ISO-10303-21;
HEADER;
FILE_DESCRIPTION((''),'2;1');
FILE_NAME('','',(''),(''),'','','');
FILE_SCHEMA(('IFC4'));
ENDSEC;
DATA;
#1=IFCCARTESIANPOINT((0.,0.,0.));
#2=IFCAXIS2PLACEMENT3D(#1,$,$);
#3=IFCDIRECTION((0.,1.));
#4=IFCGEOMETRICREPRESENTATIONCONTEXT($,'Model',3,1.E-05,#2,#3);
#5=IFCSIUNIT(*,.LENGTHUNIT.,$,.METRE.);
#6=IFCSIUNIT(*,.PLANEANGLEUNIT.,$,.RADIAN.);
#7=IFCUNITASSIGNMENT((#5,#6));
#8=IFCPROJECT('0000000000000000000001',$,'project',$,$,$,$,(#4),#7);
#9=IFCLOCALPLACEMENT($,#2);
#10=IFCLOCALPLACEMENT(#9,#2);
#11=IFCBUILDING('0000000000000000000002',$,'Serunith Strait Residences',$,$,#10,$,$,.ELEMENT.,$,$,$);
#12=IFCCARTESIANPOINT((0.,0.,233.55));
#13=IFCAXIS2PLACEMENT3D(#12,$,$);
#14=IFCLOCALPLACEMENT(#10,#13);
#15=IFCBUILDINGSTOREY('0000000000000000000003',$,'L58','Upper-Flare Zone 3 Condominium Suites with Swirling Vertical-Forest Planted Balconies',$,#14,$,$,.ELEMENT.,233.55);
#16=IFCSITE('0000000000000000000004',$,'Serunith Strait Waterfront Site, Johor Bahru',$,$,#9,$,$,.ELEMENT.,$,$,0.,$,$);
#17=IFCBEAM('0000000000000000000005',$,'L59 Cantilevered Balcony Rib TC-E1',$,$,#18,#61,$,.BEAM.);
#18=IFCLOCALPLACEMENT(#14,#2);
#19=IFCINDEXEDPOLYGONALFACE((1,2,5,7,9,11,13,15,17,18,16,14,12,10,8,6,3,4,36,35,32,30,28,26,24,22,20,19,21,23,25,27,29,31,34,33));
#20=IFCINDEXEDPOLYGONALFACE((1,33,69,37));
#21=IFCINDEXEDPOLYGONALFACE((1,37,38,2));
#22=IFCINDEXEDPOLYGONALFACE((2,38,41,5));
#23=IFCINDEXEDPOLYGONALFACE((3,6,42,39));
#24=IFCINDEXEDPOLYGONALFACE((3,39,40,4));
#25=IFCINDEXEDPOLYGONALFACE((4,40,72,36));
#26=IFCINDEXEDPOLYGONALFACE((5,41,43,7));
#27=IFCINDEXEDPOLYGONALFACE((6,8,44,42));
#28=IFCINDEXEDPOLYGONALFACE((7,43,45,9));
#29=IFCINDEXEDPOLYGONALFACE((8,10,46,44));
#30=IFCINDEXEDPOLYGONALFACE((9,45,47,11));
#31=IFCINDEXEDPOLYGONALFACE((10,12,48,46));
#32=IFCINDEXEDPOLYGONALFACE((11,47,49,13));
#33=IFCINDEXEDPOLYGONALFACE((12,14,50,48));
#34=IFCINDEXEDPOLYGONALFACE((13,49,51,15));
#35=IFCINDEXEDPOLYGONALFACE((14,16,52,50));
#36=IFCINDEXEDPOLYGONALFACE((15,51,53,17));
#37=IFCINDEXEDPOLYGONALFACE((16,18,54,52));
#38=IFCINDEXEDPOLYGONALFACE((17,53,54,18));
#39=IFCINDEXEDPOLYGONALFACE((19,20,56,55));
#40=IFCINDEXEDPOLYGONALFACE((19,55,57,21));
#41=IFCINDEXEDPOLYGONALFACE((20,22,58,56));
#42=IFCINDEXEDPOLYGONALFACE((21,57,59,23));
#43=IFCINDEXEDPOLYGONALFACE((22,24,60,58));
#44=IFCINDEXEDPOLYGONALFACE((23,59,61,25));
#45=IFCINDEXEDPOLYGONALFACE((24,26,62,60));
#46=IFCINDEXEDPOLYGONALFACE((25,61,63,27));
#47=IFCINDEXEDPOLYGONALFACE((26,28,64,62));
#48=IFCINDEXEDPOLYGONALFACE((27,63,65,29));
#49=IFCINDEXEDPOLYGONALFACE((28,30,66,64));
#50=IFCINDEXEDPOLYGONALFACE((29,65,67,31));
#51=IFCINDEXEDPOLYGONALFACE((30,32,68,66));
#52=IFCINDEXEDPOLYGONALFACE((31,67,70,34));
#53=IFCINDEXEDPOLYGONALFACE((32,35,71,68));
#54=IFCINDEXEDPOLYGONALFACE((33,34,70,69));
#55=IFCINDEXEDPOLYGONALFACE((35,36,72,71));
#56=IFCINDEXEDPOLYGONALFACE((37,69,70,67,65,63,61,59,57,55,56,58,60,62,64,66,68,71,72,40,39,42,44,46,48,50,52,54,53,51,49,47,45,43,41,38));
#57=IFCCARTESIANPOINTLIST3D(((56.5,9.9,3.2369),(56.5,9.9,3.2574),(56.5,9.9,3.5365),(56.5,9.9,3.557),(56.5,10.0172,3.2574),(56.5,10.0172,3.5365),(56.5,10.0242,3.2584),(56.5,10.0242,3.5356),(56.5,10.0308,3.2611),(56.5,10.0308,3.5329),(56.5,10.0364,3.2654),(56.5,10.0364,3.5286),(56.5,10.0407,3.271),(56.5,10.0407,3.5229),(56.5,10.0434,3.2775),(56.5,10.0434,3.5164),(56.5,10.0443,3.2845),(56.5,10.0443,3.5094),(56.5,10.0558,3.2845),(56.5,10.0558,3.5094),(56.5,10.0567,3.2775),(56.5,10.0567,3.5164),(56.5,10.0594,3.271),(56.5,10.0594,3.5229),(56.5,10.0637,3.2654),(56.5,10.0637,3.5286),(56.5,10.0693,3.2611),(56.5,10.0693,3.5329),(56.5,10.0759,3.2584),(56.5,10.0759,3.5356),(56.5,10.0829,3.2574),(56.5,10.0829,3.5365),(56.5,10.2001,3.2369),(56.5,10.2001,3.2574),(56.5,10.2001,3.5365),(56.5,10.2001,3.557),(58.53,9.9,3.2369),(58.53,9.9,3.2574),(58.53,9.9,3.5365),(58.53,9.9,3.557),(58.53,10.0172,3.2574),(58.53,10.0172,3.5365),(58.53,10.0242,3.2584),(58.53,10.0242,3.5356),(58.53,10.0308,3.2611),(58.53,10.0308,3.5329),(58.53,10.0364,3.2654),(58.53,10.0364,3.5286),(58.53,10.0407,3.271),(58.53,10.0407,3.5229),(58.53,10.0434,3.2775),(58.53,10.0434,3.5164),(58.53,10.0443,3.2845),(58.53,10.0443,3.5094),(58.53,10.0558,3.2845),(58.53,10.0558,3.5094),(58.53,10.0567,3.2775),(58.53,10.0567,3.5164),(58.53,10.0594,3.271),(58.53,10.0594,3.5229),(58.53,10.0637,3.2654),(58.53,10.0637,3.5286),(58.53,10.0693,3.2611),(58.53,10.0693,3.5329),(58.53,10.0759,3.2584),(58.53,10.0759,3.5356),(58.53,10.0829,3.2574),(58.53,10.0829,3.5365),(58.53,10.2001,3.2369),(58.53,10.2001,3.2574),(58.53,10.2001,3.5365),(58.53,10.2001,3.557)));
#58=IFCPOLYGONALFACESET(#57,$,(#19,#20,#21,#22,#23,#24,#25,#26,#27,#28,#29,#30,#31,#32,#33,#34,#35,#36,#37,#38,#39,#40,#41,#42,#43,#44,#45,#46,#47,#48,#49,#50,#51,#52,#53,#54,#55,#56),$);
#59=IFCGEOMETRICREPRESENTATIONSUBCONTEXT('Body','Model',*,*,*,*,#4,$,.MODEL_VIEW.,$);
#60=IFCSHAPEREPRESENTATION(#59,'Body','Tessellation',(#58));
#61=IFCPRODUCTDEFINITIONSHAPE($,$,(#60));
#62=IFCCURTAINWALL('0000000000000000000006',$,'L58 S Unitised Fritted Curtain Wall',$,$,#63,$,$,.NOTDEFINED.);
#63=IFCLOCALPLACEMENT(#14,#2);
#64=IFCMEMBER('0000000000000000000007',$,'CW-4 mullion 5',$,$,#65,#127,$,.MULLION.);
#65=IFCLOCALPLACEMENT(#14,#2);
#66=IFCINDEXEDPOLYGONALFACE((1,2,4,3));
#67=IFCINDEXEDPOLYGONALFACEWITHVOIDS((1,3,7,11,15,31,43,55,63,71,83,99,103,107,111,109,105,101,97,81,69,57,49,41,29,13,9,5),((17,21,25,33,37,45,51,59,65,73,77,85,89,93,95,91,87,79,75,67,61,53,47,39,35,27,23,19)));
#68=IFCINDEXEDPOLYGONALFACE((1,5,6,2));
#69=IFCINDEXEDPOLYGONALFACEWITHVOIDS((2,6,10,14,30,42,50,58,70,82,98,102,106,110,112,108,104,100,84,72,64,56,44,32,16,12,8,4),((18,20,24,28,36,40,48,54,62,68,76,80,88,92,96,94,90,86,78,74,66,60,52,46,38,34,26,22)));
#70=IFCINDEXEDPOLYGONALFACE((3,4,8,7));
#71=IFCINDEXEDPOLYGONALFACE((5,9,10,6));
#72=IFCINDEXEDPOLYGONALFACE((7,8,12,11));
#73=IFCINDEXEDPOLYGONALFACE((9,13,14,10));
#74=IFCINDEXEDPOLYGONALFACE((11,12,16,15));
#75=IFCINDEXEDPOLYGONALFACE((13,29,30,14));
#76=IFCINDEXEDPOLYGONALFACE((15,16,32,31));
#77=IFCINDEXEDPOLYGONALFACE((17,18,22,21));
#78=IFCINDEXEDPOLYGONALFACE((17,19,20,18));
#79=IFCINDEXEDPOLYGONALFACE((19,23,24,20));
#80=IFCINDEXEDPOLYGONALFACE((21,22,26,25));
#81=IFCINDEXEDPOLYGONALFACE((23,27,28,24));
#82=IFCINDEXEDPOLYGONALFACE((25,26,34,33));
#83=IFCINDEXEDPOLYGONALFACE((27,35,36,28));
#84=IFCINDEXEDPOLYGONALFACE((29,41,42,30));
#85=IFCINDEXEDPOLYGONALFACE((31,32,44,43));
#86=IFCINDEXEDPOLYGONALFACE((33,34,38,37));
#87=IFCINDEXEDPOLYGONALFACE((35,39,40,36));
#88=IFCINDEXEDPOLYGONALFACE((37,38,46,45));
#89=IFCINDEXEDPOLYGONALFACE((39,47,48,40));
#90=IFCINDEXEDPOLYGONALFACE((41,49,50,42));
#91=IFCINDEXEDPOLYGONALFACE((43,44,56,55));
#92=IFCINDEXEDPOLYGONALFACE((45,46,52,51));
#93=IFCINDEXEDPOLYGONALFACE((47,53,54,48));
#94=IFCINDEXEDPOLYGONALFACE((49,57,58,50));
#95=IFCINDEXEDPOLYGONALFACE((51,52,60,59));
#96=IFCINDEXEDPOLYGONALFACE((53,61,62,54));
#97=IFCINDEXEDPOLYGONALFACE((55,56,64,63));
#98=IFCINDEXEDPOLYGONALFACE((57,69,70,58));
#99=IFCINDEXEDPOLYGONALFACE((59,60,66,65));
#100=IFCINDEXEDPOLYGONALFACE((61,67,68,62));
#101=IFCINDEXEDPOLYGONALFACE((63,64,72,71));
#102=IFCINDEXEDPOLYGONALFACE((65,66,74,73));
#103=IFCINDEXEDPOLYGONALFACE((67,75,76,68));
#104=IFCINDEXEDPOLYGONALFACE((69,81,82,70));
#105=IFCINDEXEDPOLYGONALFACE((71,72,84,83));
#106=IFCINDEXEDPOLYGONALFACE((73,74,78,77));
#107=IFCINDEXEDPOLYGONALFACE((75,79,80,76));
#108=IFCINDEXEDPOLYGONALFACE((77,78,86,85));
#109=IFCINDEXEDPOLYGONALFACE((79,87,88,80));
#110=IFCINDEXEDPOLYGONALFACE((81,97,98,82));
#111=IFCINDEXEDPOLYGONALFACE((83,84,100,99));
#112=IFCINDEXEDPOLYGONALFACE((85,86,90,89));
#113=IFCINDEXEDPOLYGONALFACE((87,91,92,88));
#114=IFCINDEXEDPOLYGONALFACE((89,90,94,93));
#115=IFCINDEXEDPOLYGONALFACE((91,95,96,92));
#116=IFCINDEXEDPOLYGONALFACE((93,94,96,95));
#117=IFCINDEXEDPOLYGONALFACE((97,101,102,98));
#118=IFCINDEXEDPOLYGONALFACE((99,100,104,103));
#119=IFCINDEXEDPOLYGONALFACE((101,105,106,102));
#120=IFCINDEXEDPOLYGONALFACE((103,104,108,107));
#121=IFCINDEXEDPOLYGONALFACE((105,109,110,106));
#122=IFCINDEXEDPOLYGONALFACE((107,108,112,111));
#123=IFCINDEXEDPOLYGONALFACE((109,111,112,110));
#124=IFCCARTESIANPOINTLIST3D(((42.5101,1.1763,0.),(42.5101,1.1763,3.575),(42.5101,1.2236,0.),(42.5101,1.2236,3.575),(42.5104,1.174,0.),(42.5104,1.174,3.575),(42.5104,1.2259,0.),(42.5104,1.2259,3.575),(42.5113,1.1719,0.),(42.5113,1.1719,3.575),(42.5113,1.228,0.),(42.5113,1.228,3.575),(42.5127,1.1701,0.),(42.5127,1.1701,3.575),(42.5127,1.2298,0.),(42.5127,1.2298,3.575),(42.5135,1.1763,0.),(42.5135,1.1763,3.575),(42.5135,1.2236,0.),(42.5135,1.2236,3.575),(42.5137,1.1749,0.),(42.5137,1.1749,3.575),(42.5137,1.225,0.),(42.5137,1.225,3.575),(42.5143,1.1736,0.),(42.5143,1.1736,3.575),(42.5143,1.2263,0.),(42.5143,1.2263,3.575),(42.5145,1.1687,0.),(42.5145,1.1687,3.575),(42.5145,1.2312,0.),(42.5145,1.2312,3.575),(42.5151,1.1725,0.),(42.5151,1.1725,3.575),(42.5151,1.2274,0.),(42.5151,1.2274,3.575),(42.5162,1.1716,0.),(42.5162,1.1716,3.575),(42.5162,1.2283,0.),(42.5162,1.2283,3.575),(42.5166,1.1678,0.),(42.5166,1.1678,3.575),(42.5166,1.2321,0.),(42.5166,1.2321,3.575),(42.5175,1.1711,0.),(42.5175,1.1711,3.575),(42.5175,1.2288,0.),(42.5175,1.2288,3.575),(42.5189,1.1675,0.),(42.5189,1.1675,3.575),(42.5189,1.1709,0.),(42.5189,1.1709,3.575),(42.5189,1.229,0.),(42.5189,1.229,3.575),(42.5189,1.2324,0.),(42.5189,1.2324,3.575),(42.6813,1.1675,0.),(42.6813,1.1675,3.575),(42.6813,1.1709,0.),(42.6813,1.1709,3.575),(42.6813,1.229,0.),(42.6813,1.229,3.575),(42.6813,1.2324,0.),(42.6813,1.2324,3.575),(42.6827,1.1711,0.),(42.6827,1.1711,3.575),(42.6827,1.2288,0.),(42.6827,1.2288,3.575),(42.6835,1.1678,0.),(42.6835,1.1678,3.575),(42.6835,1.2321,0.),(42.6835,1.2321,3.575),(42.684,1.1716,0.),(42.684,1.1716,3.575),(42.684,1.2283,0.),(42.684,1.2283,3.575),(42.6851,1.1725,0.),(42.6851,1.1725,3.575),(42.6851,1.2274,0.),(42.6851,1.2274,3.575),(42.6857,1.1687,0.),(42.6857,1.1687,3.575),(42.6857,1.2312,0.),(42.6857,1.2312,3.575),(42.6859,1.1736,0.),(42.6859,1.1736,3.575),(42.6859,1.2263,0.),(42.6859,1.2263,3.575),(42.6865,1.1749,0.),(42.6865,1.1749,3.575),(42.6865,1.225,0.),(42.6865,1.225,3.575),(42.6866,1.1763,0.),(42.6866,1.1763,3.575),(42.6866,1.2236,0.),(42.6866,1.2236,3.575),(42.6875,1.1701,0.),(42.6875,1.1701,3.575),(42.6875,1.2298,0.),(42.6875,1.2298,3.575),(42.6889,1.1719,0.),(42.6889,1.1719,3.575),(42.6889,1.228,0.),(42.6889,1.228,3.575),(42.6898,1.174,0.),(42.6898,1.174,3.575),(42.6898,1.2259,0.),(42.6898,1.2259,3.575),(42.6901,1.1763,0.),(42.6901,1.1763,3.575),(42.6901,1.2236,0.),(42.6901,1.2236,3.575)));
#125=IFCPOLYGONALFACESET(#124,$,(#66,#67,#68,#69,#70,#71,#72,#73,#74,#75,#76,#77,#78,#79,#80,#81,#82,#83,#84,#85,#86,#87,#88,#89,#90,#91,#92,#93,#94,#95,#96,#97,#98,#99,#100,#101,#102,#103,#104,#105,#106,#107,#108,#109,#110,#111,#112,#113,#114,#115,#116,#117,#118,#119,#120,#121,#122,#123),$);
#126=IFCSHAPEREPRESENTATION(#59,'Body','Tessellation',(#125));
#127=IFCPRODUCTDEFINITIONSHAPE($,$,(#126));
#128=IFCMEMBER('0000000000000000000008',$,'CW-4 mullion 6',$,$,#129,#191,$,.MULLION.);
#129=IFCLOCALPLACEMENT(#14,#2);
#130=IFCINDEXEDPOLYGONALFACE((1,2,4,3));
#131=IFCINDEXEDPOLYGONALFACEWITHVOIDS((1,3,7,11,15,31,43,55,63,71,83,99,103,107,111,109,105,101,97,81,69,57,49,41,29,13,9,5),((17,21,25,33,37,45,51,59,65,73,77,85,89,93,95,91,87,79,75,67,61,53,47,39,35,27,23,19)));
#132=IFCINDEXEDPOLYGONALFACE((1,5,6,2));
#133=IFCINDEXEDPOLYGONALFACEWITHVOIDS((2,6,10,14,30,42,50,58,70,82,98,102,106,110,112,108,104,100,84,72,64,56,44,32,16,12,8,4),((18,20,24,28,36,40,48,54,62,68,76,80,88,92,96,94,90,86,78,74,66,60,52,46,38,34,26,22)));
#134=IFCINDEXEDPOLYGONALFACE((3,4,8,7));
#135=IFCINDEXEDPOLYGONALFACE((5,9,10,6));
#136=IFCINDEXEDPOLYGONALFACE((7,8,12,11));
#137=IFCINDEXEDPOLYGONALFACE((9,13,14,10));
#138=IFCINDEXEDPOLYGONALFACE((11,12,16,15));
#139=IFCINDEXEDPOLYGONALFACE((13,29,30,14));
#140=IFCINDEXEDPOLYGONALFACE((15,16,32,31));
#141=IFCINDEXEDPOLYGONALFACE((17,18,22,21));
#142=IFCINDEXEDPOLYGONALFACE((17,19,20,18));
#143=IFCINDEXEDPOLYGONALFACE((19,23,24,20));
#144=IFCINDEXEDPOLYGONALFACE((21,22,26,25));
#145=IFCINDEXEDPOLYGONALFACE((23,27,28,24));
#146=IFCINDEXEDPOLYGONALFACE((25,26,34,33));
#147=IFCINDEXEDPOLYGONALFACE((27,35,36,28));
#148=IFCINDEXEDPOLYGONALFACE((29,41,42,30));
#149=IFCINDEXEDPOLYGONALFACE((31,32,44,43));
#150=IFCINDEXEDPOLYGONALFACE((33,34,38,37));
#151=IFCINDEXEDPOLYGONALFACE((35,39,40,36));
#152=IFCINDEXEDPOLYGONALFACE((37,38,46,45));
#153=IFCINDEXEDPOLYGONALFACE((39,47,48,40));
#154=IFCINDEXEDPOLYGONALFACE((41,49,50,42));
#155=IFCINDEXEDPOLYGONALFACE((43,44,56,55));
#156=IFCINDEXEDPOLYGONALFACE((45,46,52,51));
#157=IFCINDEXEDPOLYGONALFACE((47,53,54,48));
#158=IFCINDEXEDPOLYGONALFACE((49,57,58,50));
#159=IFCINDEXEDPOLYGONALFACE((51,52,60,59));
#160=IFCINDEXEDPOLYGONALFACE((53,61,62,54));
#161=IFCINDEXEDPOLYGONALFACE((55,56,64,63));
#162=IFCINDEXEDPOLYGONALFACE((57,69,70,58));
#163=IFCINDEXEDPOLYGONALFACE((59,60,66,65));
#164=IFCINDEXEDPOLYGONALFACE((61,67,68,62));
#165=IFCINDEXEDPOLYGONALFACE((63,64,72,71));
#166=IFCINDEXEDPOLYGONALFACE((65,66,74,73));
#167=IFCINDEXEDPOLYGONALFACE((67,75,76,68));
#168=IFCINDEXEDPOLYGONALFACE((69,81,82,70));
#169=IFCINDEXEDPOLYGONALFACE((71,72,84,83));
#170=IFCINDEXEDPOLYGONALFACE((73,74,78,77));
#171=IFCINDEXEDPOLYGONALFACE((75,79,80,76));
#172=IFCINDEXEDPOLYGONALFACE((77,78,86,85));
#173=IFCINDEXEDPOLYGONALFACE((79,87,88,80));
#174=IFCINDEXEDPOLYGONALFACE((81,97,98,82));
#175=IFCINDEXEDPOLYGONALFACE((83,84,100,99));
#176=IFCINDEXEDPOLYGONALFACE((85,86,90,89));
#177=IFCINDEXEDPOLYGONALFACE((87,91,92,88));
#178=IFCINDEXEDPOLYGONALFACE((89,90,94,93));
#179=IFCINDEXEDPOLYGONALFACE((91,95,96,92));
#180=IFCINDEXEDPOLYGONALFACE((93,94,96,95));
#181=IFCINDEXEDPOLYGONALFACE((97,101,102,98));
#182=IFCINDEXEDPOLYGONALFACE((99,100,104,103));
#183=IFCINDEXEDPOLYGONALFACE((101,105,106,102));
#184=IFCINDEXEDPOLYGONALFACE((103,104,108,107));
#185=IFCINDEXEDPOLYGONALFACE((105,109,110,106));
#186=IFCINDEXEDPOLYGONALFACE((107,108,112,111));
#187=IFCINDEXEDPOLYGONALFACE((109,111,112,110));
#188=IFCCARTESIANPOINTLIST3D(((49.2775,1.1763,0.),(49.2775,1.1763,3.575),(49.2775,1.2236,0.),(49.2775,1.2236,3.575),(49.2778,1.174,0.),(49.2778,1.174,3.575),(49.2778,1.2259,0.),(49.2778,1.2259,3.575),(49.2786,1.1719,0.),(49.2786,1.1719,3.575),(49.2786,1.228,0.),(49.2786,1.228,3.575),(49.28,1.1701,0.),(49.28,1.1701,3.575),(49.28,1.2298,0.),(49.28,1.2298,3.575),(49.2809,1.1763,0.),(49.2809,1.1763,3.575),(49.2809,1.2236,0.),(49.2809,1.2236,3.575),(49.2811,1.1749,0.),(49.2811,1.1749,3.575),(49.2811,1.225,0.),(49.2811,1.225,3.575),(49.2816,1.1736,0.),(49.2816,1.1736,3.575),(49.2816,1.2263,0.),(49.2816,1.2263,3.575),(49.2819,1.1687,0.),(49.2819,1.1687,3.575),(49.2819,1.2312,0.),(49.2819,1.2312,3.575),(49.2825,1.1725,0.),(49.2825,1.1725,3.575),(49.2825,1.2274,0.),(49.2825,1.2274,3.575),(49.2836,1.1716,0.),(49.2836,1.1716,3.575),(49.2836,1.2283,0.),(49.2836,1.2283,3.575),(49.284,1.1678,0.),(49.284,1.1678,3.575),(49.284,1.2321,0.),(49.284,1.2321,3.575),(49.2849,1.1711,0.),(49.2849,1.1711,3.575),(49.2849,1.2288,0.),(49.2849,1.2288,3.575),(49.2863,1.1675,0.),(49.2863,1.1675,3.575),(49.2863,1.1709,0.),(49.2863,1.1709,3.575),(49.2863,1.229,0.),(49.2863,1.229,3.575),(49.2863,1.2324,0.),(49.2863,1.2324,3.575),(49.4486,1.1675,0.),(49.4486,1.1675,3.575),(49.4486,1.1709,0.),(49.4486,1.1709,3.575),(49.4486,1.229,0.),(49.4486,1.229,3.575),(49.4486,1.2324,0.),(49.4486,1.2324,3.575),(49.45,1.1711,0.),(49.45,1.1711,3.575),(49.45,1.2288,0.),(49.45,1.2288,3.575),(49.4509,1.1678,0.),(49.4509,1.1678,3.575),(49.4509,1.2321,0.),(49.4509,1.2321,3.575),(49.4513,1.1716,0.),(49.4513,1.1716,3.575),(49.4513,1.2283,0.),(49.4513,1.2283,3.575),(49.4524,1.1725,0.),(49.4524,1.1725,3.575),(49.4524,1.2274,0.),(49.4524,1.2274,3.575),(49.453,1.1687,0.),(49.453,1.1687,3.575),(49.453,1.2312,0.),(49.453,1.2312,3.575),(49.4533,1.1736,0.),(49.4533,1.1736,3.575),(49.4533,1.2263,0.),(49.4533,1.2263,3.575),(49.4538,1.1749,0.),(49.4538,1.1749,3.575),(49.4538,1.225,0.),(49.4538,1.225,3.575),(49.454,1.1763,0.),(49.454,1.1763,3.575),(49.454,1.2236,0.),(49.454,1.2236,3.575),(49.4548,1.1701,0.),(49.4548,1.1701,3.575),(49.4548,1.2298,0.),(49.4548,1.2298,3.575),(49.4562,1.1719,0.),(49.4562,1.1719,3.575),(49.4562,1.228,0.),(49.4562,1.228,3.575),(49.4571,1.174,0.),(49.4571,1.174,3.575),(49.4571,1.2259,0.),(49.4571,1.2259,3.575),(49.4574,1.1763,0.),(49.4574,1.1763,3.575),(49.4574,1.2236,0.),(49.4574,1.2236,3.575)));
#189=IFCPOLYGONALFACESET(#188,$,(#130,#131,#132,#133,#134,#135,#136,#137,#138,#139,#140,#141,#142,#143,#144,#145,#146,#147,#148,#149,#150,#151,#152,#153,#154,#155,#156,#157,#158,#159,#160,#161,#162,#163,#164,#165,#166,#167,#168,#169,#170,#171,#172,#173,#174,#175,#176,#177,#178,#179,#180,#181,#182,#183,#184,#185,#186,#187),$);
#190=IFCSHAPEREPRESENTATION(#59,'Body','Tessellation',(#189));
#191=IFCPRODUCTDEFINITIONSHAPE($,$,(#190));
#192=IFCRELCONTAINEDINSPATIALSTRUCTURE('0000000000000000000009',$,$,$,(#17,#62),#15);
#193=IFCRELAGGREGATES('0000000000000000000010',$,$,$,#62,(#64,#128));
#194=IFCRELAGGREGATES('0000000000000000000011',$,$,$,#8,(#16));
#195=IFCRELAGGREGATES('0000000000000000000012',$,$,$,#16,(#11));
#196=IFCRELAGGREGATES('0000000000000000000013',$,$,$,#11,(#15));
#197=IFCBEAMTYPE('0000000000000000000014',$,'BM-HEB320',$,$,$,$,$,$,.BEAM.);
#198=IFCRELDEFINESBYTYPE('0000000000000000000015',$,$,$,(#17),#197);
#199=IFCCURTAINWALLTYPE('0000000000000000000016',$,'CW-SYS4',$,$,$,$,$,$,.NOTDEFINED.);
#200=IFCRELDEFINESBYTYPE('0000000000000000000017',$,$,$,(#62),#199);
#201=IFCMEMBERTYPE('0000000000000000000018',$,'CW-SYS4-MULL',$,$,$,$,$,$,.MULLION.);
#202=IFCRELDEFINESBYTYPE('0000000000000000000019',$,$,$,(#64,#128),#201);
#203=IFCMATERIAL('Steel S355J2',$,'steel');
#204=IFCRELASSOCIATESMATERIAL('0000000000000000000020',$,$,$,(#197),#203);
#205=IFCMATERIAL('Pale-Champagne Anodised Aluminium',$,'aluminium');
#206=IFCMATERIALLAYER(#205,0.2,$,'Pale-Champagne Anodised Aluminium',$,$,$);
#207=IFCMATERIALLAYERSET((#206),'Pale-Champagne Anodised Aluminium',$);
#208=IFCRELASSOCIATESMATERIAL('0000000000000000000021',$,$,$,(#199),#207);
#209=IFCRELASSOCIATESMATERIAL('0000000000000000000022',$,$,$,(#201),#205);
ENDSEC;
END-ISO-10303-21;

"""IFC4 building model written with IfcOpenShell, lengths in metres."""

from ifc_helpers import new_model, si_unit, direction, frame, origin, origin_2d, place, context, subcontext, project, spatial, hollow_rectangle, i_section, extrude, source, transform, mapped, material, layer, layer_set, material_profile, profile_set, type_object, element, aggregate, save


model = new_model("IFC4")

# Units and contexts
model_context = context("Model", 3, precision=1e-05, world=origin(), true_north=direction((0.0, 1.0)))
body_context = subcontext(model_context, "Body", "Model", "MODEL_VIEW")
ifc_project = project(units=[si_unit("LENGTHUNIT", "METRE"), si_unit("PLANEANGLEUNIT", "RADIAN")], contexts=[model_context])

# Site, building, storey
site_placement = place(None, origin())
site = spatial("IfcSite", under=ifc_project, at=site_placement, Name="Serunith Strait Waterfront Site, Johor Bahru", CompositionType="ELEMENT", RefElevation=0.0)
building_placement = place(site_placement, origin())
building = spatial("IfcBuilding", under=site, at=building_placement, Name="Serunith Strait Residences", CompositionType="ELEMENT")
storey_placement = place(building_placement, frame((0.0, 0.0, 233.55)))
storey = spatial("IfcBuildingStorey", under=building, at=storey_placement, Name="L58", Description="Upper-Flare Zone 3 Condominium Suites with Swirling Vertical-Forest Planted Balconies", CompositionType="ELEMENT", Elevation=233.55)

# Beam
ifc_material_1 = material(Name="Steel S355J2", Category="steel")
ifc_material_profile_1 = material_profile(ifc_material_1, i_section(OverallWidth=0.3, OverallDepth=0.3201, WebThickness=0.0115, FlangeThickness=0.0205, FilletRadius=0.0271, at=origin_2d()), Name="HEB 320")
ifc_profile_set_1 = profile_set([ifc_material_profile_1], Name="Steel S355J2")
beam_type_1 = type_object("IfcBeamType", Name="BM-HEB320", PredefinedType="BEAM", material=ifc_profile_set_1)
shared_shape_1 = source(origin(), body_context, "Body", "SweptSolid", [
    extrude(i_section(OverallWidth=0.3, OverallDepth=0.3201, WebThickness=0.0115, FlangeThickness=0.0205, FilletRadius=0.0271, at=origin_2d()), origin(), (0.0, 0.0, 1.0), 2.03),
])
for number, where, z_axis, x_axis, name in (
    (1, (56.5, 10.05, 3.397), (1.0, 0.0, 0.0), (0.0, 1.0, 0.0), "L59 Cantilevered Balcony Rib TC-E1"),
):
    element("IfcBeam", number, at=place(storey_placement, frame(where, z_axis=z_axis, x_axis=x_axis)), inside=storey, type_object=beam_type_1, Name=name, PredefinedType="BEAM", context=body_context, shape_type="MappedRepresentation", body=[
        mapped(shared_shape_1, transform((0.0, 0.0, 0.0), scale=1.0)),
    ])

# Curtain wall, members
ifc_material_2 = material(Name="Pale-Champagne Anodised Aluminium", Category="aluminium")
ifc_layer_1 = layer(ifc_material_2, 0.2, Name="Pale-Champagne Anodised Aluminium")
ifc_layer_set_1 = layer_set([ifc_layer_1], Name="Pale-Champagne Anodised Aluminium")
curtain_wall_type = type_object("IfcCurtainWallType", Name="CW-SYS4", PredefinedType="NOTDEFINED", material=ifc_layer_set_1)
curtain_wall_1_placement = place(storey_placement, origin())
curtain_wall_1 = element("IfcCurtainWall", 2, at=curtain_wall_1_placement, inside=storey, type_object=curtain_wall_type, Name="L58 S Unitised Fritted Curtain Wall", PredefinedType="NOTDEFINED")
ifc_material_profile_2 = material_profile(ifc_material_2, hollow_rectangle(XDim=0.0649, YDim=0.1799, WallThickness=0.0034, InnerFilletRadius=0.0054, OuterFilletRadius=0.0088, at=origin_2d()), Name="ALU 180x65x3.5")
ifc_profile_set_2 = profile_set([ifc_material_profile_2], Name="Pale-Champagne Anodised Aluminium")
member_type_1 = type_object("IfcMemberType", Name="CW-SYS4-MULL", PredefinedType="MULLION", material=ifc_profile_set_2)
shared_shape_2 = source(origin(), body_context, "Body", "SweptSolid", [
    extrude(hollow_rectangle(XDim=0.0649, YDim=0.1799, WallThickness=0.0034, InnerFilletRadius=0.0054, OuterFilletRadius=0.0088, at=origin_2d()), origin(), (0.0, 0.0, 1.0), 3.575),
])
member_1_placement = place(storey_placement, frame((42.6001, 1.2, 0.0), z_axis=(0.0, 0.0, 1.0), x_axis=(0.0, 1.0, 0.0)))
member_1 = element("IfcMember", 3, at=member_1_placement, type_object=member_type_1, Name="CW-4 mullion 5", PredefinedType="MULLION", context=body_context, shape_type="MappedRepresentation", body=[
    mapped(shared_shape_2, transform((0.0, 0.0, 0.0), scale=1.0)),
])
member_2_placement = place(storey_placement, frame((49.3674, 1.2, 0.0), z_axis=(0.0, 0.0, 1.0), x_axis=(0.0, 1.0, 0.0)))
member_2 = element("IfcMember", 4, at=member_2_placement, type_object=member_type_1, Name="CW-4 mullion 6", PredefinedType="MULLION", context=body_context, shape_type="MappedRepresentation", body=[
    mapped(shared_shape_2, transform((0.0, 0.0, 0.0), scale=1.0)),
])

aggregate(curtain_wall_1, [member_1, member_2])

save(model, "model.ifc")
